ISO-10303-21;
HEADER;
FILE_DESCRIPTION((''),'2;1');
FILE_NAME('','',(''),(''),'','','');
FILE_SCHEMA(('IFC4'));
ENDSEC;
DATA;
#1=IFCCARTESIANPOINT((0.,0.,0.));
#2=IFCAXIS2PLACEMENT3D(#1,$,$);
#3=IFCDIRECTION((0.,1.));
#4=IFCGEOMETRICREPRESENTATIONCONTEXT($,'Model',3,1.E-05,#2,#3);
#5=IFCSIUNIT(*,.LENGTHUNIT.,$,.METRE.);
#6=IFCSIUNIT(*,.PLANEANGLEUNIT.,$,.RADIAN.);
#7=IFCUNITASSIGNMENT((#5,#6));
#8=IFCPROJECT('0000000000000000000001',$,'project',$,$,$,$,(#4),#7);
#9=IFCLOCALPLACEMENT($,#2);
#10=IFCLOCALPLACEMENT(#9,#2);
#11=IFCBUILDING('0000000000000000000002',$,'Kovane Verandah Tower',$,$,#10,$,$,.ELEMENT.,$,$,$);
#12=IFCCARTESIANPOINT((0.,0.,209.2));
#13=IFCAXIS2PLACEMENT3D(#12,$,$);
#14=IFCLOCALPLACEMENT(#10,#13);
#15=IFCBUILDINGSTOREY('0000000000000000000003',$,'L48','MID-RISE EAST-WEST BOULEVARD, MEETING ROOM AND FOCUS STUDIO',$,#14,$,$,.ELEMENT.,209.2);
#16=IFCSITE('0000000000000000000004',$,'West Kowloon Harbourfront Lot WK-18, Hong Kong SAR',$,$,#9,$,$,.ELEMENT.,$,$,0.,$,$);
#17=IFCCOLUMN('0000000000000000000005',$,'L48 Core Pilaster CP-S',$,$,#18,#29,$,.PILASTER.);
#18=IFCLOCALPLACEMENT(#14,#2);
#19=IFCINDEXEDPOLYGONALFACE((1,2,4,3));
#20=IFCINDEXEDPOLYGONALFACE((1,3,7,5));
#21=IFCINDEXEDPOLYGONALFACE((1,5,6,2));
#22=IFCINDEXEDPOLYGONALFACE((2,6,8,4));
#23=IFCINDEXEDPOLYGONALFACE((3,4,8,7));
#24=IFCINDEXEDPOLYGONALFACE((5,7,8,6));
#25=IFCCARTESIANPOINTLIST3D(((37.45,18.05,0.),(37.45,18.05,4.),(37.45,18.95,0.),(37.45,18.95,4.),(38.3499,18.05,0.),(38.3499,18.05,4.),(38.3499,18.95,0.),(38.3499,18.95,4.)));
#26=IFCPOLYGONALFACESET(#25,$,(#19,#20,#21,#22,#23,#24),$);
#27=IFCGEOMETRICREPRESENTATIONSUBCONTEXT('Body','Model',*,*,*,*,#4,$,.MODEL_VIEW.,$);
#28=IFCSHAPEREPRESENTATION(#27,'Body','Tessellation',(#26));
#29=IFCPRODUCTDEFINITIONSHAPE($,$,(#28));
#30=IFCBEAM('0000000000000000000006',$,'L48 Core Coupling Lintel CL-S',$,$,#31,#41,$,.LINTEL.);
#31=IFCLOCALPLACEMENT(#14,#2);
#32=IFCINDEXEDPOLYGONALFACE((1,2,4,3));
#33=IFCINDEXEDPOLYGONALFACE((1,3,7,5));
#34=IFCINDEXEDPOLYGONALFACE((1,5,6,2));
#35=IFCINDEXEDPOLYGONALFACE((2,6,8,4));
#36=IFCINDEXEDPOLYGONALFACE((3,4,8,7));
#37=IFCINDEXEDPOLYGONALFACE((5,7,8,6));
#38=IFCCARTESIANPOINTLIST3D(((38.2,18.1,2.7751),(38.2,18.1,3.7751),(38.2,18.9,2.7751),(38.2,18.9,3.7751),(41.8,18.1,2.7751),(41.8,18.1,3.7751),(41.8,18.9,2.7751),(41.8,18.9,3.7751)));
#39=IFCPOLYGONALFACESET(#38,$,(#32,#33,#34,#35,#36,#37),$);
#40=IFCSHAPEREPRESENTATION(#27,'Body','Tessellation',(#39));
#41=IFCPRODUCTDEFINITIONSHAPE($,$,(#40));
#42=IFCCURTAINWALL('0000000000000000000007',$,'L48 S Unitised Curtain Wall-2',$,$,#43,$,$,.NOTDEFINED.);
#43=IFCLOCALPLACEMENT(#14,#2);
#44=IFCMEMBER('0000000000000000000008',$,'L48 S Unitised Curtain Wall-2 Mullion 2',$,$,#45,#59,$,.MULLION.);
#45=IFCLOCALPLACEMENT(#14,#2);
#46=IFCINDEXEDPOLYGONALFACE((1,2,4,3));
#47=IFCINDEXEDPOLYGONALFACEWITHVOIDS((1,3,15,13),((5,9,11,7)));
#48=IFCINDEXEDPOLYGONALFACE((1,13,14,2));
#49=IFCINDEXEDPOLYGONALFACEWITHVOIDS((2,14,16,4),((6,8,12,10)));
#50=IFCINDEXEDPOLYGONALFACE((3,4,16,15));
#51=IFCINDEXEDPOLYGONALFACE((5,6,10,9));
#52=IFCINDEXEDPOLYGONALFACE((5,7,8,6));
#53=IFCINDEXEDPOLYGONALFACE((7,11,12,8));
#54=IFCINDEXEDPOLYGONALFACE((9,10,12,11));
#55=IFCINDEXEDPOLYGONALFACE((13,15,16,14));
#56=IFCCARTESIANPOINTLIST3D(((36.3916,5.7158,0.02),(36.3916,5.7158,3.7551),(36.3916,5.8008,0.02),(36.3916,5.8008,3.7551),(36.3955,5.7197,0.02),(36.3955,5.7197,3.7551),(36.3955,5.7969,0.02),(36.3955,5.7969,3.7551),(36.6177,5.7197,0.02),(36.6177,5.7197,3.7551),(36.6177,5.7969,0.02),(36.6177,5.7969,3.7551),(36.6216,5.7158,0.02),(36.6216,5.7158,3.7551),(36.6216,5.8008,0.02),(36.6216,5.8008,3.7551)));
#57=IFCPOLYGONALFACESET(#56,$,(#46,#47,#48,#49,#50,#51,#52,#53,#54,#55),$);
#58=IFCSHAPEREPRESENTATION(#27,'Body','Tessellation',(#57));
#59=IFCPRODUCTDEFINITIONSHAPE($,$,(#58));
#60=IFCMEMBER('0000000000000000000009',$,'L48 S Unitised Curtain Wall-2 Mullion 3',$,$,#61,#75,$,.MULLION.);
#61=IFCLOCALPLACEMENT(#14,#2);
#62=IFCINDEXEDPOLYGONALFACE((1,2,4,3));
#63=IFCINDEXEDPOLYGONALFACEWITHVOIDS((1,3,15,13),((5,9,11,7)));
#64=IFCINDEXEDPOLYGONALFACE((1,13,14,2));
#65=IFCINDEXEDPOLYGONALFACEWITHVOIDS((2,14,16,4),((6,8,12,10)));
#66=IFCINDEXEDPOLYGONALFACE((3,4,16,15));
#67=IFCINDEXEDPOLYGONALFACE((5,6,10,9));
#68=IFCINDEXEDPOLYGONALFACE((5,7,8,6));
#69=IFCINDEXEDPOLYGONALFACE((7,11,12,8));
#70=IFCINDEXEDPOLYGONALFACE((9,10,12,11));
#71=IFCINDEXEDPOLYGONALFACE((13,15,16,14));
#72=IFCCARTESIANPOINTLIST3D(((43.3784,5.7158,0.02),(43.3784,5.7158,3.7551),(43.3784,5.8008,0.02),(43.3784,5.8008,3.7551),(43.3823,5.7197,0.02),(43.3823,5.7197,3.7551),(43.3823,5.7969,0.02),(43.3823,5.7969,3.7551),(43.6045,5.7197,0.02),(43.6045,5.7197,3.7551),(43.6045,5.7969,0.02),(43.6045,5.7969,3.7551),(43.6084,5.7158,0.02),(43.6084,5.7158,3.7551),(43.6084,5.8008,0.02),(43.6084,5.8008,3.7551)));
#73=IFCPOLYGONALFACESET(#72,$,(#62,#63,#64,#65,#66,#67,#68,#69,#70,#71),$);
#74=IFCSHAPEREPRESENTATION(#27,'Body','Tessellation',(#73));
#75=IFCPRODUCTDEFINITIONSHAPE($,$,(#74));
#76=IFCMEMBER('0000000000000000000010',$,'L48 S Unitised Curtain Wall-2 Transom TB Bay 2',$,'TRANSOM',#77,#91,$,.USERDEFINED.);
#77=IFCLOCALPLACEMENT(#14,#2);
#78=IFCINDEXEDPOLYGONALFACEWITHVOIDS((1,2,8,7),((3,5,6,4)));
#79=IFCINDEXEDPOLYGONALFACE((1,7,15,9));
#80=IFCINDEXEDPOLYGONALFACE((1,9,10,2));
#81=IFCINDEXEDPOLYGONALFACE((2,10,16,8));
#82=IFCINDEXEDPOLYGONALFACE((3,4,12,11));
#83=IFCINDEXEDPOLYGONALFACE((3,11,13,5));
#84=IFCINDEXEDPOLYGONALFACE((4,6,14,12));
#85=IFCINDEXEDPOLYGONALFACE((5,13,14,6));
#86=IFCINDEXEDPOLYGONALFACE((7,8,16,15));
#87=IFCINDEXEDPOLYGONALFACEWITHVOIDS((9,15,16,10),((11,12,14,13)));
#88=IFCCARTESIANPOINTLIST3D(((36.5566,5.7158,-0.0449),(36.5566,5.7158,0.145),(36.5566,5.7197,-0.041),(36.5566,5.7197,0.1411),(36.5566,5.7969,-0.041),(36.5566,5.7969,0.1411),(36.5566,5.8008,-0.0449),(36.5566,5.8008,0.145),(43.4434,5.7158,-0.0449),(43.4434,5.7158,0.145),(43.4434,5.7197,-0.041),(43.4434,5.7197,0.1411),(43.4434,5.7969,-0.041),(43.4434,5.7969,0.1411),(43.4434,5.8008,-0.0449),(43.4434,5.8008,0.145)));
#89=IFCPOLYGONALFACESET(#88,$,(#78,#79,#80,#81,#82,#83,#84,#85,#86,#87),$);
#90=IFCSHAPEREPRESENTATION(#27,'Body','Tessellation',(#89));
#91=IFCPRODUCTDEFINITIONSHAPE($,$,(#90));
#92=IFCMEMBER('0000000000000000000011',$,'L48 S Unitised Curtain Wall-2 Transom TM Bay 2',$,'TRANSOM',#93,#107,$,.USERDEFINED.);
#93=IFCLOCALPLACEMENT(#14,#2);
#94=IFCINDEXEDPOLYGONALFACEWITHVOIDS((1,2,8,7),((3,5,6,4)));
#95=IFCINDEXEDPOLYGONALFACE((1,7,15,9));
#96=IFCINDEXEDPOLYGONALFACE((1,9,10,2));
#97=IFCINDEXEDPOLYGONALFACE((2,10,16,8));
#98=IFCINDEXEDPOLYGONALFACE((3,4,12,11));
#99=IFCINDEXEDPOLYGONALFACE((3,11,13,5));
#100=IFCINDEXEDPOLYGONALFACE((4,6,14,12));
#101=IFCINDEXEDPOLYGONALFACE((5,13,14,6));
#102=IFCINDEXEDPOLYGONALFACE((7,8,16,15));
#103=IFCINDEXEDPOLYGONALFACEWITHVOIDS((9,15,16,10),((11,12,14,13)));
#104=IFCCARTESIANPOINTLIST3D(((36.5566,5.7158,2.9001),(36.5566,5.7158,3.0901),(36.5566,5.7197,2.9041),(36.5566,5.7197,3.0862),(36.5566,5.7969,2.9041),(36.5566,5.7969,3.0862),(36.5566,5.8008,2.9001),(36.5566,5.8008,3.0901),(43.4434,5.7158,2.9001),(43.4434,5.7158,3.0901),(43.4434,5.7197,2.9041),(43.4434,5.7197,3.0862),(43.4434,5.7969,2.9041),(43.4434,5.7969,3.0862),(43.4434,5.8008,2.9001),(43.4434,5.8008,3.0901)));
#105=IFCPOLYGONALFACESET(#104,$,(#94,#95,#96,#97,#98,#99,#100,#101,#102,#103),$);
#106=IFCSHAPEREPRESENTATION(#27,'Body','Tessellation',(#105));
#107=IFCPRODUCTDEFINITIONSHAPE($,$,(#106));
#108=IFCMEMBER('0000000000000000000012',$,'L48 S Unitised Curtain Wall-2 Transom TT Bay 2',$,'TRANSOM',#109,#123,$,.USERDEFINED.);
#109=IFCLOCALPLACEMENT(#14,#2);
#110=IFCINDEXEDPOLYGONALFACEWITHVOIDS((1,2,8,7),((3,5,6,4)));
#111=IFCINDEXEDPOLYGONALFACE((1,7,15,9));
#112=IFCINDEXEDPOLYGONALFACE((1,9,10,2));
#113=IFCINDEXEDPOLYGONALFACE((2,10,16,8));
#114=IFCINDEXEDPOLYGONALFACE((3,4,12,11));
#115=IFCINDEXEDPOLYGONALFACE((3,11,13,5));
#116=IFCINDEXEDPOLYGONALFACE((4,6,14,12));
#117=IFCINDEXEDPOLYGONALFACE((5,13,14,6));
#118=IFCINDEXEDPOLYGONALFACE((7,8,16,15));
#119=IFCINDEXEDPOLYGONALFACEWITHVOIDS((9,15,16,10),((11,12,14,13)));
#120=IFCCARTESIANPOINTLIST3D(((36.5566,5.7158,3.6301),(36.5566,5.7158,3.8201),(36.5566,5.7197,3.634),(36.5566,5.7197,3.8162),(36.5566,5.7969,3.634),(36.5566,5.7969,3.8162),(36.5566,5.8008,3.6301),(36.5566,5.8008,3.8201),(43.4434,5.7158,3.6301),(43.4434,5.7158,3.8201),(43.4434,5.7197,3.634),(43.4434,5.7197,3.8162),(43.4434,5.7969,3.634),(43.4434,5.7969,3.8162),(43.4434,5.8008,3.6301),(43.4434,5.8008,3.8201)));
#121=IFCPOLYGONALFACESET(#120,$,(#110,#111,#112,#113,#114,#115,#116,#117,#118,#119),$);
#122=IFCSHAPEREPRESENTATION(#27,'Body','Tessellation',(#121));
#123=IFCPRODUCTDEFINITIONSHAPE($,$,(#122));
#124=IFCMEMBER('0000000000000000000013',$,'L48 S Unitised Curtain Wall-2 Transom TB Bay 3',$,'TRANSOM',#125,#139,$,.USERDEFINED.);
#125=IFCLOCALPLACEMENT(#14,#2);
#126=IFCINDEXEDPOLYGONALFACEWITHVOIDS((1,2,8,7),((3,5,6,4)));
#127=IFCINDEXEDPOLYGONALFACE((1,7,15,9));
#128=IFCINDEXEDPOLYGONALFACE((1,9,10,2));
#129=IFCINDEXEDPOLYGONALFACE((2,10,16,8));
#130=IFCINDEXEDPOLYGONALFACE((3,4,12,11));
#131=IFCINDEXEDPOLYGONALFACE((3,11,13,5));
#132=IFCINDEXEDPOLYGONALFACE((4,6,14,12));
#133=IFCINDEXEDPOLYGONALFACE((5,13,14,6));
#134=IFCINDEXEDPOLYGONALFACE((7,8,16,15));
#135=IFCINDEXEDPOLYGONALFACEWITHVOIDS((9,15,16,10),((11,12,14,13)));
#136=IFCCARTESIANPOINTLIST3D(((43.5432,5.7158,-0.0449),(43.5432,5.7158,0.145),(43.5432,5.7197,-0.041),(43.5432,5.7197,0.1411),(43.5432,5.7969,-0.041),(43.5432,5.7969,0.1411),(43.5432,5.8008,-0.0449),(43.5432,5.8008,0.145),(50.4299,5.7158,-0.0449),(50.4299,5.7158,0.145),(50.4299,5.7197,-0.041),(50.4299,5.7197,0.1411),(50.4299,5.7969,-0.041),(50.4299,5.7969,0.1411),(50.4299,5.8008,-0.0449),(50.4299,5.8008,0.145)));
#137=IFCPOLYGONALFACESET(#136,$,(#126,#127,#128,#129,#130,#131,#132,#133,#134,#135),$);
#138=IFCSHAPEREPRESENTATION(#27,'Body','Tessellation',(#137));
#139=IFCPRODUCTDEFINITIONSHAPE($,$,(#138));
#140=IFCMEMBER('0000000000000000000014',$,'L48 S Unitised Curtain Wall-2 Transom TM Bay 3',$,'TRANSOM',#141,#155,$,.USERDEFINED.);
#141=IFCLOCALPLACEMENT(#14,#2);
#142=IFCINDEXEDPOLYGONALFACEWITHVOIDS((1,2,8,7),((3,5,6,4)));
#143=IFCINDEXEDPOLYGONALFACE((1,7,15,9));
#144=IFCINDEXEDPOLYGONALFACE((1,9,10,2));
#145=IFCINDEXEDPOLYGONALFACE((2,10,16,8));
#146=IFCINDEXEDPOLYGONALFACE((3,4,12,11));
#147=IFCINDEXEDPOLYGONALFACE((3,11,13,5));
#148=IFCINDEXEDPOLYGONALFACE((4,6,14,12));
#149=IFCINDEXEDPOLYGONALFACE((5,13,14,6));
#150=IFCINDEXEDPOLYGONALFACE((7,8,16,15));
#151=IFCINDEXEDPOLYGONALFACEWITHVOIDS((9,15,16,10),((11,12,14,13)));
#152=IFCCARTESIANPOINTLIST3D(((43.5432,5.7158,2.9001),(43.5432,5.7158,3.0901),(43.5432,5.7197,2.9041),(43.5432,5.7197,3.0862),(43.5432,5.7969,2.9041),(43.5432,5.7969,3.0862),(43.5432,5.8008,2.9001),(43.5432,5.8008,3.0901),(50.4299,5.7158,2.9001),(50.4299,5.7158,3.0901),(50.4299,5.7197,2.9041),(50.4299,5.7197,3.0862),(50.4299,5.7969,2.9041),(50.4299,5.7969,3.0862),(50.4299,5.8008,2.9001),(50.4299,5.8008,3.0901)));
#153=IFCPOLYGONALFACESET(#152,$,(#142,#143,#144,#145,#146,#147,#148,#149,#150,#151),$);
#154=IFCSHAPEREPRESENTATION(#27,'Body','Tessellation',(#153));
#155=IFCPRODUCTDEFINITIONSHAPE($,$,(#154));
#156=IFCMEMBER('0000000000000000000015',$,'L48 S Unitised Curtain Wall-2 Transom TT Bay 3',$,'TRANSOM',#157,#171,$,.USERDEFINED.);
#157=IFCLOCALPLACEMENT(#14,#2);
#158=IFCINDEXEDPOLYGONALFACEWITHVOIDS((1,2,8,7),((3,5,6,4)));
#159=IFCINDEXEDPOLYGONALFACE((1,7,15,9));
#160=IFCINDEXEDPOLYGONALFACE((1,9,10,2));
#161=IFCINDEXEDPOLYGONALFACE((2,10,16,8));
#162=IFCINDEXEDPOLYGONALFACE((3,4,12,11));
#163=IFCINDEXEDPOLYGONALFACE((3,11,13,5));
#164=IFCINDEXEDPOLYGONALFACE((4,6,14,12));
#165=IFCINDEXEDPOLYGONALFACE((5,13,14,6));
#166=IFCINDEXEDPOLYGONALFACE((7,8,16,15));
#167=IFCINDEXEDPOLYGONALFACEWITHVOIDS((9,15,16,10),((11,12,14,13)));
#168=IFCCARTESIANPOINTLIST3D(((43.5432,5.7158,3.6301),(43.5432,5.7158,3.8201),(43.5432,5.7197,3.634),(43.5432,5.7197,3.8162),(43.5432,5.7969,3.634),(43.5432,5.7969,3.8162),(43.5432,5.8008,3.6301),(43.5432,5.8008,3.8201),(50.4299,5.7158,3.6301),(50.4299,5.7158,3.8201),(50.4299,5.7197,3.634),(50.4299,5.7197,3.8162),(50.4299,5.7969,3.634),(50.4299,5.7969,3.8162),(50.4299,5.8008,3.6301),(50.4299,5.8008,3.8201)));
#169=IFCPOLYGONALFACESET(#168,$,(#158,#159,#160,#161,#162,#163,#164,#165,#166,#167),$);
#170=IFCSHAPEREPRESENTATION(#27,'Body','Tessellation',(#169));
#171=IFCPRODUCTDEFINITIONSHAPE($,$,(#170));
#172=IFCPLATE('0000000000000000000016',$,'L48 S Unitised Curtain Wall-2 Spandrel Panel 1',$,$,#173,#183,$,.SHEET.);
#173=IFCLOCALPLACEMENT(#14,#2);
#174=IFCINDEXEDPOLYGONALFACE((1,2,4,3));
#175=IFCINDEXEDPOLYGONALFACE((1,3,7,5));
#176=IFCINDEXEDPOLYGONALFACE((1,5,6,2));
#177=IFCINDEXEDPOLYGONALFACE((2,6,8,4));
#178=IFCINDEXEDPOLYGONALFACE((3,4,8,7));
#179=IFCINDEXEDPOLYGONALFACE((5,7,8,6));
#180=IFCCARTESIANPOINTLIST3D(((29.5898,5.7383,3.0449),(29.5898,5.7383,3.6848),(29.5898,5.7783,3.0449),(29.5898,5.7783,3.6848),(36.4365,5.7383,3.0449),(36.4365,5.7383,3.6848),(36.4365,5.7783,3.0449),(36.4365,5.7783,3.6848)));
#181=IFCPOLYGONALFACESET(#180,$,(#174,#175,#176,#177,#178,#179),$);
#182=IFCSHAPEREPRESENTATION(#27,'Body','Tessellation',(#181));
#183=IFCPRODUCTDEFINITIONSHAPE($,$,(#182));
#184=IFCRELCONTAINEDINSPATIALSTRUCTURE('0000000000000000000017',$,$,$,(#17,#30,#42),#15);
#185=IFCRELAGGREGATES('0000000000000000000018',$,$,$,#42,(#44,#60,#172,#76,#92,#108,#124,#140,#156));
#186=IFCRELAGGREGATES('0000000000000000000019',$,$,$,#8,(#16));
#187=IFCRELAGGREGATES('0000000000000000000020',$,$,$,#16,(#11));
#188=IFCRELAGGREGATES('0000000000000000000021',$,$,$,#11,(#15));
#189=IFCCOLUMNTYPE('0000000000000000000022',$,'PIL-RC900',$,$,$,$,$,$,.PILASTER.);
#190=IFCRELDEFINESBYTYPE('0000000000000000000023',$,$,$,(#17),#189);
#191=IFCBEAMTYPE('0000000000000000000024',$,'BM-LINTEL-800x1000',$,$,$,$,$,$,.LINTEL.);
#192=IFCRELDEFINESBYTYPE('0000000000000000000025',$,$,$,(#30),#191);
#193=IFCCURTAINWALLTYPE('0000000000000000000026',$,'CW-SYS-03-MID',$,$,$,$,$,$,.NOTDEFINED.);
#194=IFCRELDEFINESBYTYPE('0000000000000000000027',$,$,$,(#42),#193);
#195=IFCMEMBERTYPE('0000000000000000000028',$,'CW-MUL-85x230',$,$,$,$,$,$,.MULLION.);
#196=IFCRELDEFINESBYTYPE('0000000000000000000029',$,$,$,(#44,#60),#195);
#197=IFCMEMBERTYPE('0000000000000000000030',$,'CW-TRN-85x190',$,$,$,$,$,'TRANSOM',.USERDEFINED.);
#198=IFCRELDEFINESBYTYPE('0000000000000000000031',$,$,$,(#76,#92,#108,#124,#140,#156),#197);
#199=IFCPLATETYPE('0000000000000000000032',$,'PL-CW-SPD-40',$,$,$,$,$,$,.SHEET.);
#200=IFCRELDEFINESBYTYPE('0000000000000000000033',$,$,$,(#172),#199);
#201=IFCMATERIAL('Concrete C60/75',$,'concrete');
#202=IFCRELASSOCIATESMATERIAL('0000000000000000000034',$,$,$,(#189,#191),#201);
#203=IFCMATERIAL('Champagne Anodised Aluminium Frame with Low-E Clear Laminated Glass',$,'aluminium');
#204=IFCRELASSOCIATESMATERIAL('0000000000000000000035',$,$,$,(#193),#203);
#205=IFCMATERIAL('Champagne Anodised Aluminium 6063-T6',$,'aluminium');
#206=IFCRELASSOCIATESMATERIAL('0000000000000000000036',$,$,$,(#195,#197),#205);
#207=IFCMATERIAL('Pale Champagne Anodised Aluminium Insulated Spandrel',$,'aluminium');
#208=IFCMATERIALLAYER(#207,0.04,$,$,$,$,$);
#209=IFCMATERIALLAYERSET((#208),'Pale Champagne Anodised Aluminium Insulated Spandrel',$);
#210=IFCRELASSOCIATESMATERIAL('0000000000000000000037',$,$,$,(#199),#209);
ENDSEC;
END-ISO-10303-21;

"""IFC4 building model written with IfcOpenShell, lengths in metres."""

from ifc_helpers import new_model, si_unit, direction, frame, origin, origin_2d, place, context, subcontext, project, spatial, rectangle, hollow_rectangle, extrude, material, layer, layer_set, material_profile, profile_set, type_object, element, aggregate, save


model = new_model("IFC4")

# Units and contexts
model_context = context("Model", 3, precision=1e-05, world=origin(), true_north=direction((0.0, 1.0)))
body_context = subcontext(model_context, "Body", "Model", "MODEL_VIEW")
ifc_project = project(units=[si_unit("LENGTHUNIT", "METRE"), si_unit("PLANEANGLEUNIT", "RADIAN")], contexts=[model_context])

# Site, building, storey
site_placement = place(None, origin())
site = spatial("IfcSite", under=ifc_project, at=site_placement, Name="West Kowloon Harbourfront Lot WK-18, Hong Kong SAR", CompositionType="ELEMENT", RefElevation=0.0)
building_placement = place(site_placement, origin())
building = spatial("IfcBuilding", under=site, at=building_placement, Name="Kovane Verandah Tower", CompositionType="ELEMENT")
storey_placement = place(building_placement, frame((0.0, 0.0, 209.2)))
storey = spatial("IfcBuildingStorey", under=building, at=storey_placement, Name="L48", Description="MID-RISE EAST-WEST BOULEVARD, MEETING ROOM AND FOCUS STUDIO", CompositionType="ELEMENT", Elevation=209.2)

# Column
ifc_material_1 = material(Name="Concrete C60/75", Category="concrete")
ifc_material_profile_1 = material_profile(ifc_material_1, rectangle(XDim=0.8999, YDim=0.8999, at=origin_2d()), Name="RC900x900")
ifc_profile_set_1 = profile_set([ifc_material_profile_1], Name="Concrete C60/75")
column_type = type_object("IfcColumnType", Name="PIL-RC900", PredefinedType="PILASTER", material=ifc_profile_set_1)
column_placement = place(storey_placement, frame((37.8999, 18.5, 0.0), z_axis=(0.0, 0.0, 1.0), x_axis=(1.0, 0.0, 0.0)))
element("IfcColumn", 1, at=column_placement, inside=storey, type_object=column_type, Name="L48 Core Pilaster CP-S", PredefinedType="PILASTER", context=body_context, shape_type="SweptSolid", body=[
    extrude(rectangle(XDim=0.8999, YDim=0.8999, at=origin_2d()), origin(), (0.0, 0.0, 1.0), 4.0),
])

# Beam
ifc_material_profile_2 = material_profile(ifc_material_1, rectangle(XDim=0.8, YDim=1.0, at=origin_2d()), Name="RCB800x1000")
ifc_profile_set_2 = profile_set([ifc_material_profile_2], Name="Concrete C60/75")
beam_type = type_object("IfcBeamType", Name="BM-LINTEL-800x1000", PredefinedType="LINTEL", material=ifc_profile_set_2)
beam_placement = place(storey_placement, frame((38.2, 18.5, 3.2751), z_axis=(1.0, 0.0, 0.0), x_axis=(0.0, 1.0, 0.0)))
element("IfcBeam", 2, at=beam_placement, inside=storey, type_object=beam_type, Name="L48 Core Coupling Lintel CL-S", PredefinedType="LINTEL", context=body_context, shape_type="SweptSolid", body=[
    extrude(rectangle(XDim=0.8, YDim=1.0, at=origin_2d()), origin(), (0.0, 0.0, 1.0), 3.6001),
])

# Curtain wall, members, plate
ifc_material_2 = material(Name="Champagne Anodised Aluminium Frame with Low-E Clear Laminated Glass", Category="aluminium")
curtain_wall_type = type_object("IfcCurtainWallType", Name="CW-SYS-03-MID", PredefinedType="NOTDEFINED", material=ifc_material_2)
curtain_wall_placement = place(storey_placement, origin())
curtain_wall = element("IfcCurtainWall", 3, at=curtain_wall_placement, inside=storey, type_object=curtain_wall_type, Name="L48 S Unitised Curtain Wall-2", PredefinedType="NOTDEFINED")
ifc_material_3 = material(Name="Champagne Anodised Aluminium 6063-T6", Category="aluminium")
ifc_material_profile_3 = material_profile(ifc_material_3, hollow_rectangle(XDim=0.085, YDim=0.23, WallThickness=0.0039, at=origin_2d()), Name="AL85x230x4")
ifc_profile_set_3 = profile_set([ifc_material_profile_3], Name="Champagne Anodised Aluminium 6063-T6")
member_type_1 = type_object("IfcMemberType", Name="CW-MUL-85x230", PredefinedType="MULLION", material=ifc_profile_set_3)
member_1_placement = place(storey_placement, frame((36.5066, 5.7583, 0.02), z_axis=(0.0, 0.0, 1.0), x_axis=(0.0, -1.0, 0.0)))
member_1 = element("IfcMember", 4, at=member_1_placement, type_object=member_type_1, Name="L48 S Unitised Curtain Wall-2 Mullion 2", PredefinedType="MULLION", context=body_context, shape_type="SweptSolid", body=[
    extrude(hollow_rectangle(XDim=0.085, YDim=0.23, WallThickness=0.0039, at=origin_2d()), origin(), (0.0, 0.0, 1.0), 3.7351),
])
member_2_placement = place(storey_placement, frame((43.4934, 5.7583, 0.02), z_axis=(0.0, 0.0, 1.0), x_axis=(0.0, -1.0, 0.0)))
member_2 = element("IfcMember", 5, at=member_2_placement, type_object=member_type_1, Name="L48 S Unitised Curtain Wall-2 Mullion 3", PredefinedType="MULLION", context=body_context, shape_type="SweptSolid", body=[
    extrude(hollow_rectangle(XDim=0.085, YDim=0.23, WallThickness=0.0039, at=origin_2d()), origin(), (0.0, 0.0, 1.0), 3.7351),
])
ifc_material_profile_4 = material_profile(ifc_material_3, hollow_rectangle(XDim=0.085, YDim=0.1899, WallThickness=0.0039, at=origin_2d()), Name="AL85x190x4")
ifc_profile_set_4 = profile_set([ifc_material_profile_4], Name="Champagne Anodised Aluminium 6063-T6")
member_type_2 = type_object("IfcMemberType", Name="CW-TRN-85x190", ElementType="TRANSOM", PredefinedType="USERDEFINED", material=ifc_profile_set_4)
member_3_placement = place(storey_placement, frame((36.5566, 5.7583, 0.05), z_axis=(1.0, 0.0, 0.0), x_axis=(0.0, 1.0, 0.0)))
member_3 = element("IfcMember", 6, at=member_3_placement, type_object=member_type_2, Name="L48 S Unitised Curtain Wall-2 Transom TB Bay 2", ObjectType="TRANSOM", PredefinedType="USERDEFINED", context=body_context, shape_type="SweptSolid", body=[
    extrude(hollow_rectangle(XDim=0.085, YDim=0.1899, WallThickness=0.0039, at=origin_2d()), origin(), (0.0, 0.0, 1.0), 6.8867),
])
member_4_placement = place(storey_placement, frame((36.5566, 5.7583, 2.9951), z_axis=(1.0, 0.0, 0.0), x_axis=(0.0, 1.0, 0.0)))
member_4 = element("IfcMember", 7, at=member_4_placement, type_object=member_type_2, Name="L48 S Unitised Curtain Wall-2 Transom TM Bay 2", ObjectType="TRANSOM", PredefinedType="USERDEFINED", context=body_context, shape_type="SweptSolid", body=[
    extrude(hollow_rectangle(XDim=0.085, YDim=0.1899, WallThickness=0.0039, at=origin_2d()), origin(), (0.0, 0.0, 1.0), 6.8867),
])
member_5_placement = place(storey_placement, frame((36.5566, 5.7583, 3.7251), z_axis=(1.0, 0.0, 0.0), x_axis=(0.0, 1.0, 0.0)))
member_5 = element("IfcMember", 8, at=member_5_placement, type_object=member_type_2, Name="L48 S Unitised Curtain Wall-2 Transom TT Bay 2", ObjectType="TRANSOM", PredefinedType="USERDEFINED", context=body_context, shape_type="SweptSolid", body=[
    extrude(hollow_rectangle(XDim=0.085, YDim=0.1899, WallThickness=0.0039, at=origin_2d()), origin(), (0.0, 0.0, 1.0), 6.8867),
])
member_6_placement = place(storey_placement, frame((43.5432, 5.7583, 0.05), z_axis=(1.0, 0.0, 0.0), x_axis=(0.0, 1.0, 0.0)))
member_6 = element("IfcMember", 9, at=member_6_placement, type_object=member_type_2, Name="L48 S Unitised Curtain Wall-2 Transom TB Bay 3", ObjectType="TRANSOM", PredefinedType="USERDEFINED", context=body_context, shape_type="SweptSolid", body=[
    extrude(hollow_rectangle(XDim=0.085, YDim=0.1899, WallThickness=0.0039, at=origin_2d()), origin(), (0.0, 0.0, 1.0), 6.8867),
])
member_7_placement = place(storey_placement, frame((43.5432, 5.7583, 2.9951), z_axis=(1.0, 0.0, 0.0), x_axis=(0.0, 1.0, 0.0)))
member_7 = element("IfcMember", 10, at=member_7_placement, type_object=member_type_2, Name="L48 S Unitised Curtain Wall-2 Transom TM Bay 3", ObjectType="TRANSOM", PredefinedType="USERDEFINED", context=body_context, shape_type="SweptSolid", body=[
    extrude(hollow_rectangle(XDim=0.085, YDim=0.1899, WallThickness=0.0039, at=origin_2d()), origin(), (0.0, 0.0, 1.0), 6.8867),
])
member_8_placement = place(storey_placement, frame((43.5432, 5.7583, 3.7251), z_axis=(1.0, 0.0, 0.0), x_axis=(0.0, 1.0, 0.0)))
member_8 = element("IfcMember", 11, at=member_8_placement, type_object=member_type_2, Name="L48 S Unitised Curtain Wall-2 Transom TT Bay 3", ObjectType="TRANSOM", PredefinedType="USERDEFINED", context=body_context, shape_type="SweptSolid", body=[
    extrude(hollow_rectangle(XDim=0.085, YDim=0.1899, WallThickness=0.0039, at=origin_2d()), origin(), (0.0, 0.0, 1.0), 6.8867),
])
ifc_material_4 = material(Name="Pale Champagne Anodised Aluminium Insulated Spandrel", Category="aluminium")
ifc_layer_1 = layer(ifc_material_4, 0.04)
ifc_layer_set_1 = layer_set([ifc_layer_1], Name="Pale Champagne Anodised Aluminium Insulated Spandrel")
plate_type_1 = type_object("IfcPlateType", Name="PL-CW-SPD-40", PredefinedType="SHEET", material=ifc_layer_set_1)
plate_1_placement = place(storey_placement, frame((33.0132, 5.7583, 3.0449), z_axis=(0.0, 0.0, 1.0), x_axis=(1.0, 0.0, 0.0)))
plate_1 = element("IfcPlate", 12, at=plate_1_placement, type_object=plate_type_1, Name="L48 S Unitised Curtain Wall-2 Spandrel Panel 1", PredefinedType="SHEET", context=body_context, shape_type="SweptSolid", body=[
    extrude(rectangle(XDim=6.8467, YDim=0.04, at=origin_2d()), origin(), (0.0, 0.0, 1.0), 0.6399),
])
aggregate(curtain_wall, [member_1, member_2, plate_1, member_3, member_4, member_5, member_6, member_7, member_8])

save(model, "model.ifc")
